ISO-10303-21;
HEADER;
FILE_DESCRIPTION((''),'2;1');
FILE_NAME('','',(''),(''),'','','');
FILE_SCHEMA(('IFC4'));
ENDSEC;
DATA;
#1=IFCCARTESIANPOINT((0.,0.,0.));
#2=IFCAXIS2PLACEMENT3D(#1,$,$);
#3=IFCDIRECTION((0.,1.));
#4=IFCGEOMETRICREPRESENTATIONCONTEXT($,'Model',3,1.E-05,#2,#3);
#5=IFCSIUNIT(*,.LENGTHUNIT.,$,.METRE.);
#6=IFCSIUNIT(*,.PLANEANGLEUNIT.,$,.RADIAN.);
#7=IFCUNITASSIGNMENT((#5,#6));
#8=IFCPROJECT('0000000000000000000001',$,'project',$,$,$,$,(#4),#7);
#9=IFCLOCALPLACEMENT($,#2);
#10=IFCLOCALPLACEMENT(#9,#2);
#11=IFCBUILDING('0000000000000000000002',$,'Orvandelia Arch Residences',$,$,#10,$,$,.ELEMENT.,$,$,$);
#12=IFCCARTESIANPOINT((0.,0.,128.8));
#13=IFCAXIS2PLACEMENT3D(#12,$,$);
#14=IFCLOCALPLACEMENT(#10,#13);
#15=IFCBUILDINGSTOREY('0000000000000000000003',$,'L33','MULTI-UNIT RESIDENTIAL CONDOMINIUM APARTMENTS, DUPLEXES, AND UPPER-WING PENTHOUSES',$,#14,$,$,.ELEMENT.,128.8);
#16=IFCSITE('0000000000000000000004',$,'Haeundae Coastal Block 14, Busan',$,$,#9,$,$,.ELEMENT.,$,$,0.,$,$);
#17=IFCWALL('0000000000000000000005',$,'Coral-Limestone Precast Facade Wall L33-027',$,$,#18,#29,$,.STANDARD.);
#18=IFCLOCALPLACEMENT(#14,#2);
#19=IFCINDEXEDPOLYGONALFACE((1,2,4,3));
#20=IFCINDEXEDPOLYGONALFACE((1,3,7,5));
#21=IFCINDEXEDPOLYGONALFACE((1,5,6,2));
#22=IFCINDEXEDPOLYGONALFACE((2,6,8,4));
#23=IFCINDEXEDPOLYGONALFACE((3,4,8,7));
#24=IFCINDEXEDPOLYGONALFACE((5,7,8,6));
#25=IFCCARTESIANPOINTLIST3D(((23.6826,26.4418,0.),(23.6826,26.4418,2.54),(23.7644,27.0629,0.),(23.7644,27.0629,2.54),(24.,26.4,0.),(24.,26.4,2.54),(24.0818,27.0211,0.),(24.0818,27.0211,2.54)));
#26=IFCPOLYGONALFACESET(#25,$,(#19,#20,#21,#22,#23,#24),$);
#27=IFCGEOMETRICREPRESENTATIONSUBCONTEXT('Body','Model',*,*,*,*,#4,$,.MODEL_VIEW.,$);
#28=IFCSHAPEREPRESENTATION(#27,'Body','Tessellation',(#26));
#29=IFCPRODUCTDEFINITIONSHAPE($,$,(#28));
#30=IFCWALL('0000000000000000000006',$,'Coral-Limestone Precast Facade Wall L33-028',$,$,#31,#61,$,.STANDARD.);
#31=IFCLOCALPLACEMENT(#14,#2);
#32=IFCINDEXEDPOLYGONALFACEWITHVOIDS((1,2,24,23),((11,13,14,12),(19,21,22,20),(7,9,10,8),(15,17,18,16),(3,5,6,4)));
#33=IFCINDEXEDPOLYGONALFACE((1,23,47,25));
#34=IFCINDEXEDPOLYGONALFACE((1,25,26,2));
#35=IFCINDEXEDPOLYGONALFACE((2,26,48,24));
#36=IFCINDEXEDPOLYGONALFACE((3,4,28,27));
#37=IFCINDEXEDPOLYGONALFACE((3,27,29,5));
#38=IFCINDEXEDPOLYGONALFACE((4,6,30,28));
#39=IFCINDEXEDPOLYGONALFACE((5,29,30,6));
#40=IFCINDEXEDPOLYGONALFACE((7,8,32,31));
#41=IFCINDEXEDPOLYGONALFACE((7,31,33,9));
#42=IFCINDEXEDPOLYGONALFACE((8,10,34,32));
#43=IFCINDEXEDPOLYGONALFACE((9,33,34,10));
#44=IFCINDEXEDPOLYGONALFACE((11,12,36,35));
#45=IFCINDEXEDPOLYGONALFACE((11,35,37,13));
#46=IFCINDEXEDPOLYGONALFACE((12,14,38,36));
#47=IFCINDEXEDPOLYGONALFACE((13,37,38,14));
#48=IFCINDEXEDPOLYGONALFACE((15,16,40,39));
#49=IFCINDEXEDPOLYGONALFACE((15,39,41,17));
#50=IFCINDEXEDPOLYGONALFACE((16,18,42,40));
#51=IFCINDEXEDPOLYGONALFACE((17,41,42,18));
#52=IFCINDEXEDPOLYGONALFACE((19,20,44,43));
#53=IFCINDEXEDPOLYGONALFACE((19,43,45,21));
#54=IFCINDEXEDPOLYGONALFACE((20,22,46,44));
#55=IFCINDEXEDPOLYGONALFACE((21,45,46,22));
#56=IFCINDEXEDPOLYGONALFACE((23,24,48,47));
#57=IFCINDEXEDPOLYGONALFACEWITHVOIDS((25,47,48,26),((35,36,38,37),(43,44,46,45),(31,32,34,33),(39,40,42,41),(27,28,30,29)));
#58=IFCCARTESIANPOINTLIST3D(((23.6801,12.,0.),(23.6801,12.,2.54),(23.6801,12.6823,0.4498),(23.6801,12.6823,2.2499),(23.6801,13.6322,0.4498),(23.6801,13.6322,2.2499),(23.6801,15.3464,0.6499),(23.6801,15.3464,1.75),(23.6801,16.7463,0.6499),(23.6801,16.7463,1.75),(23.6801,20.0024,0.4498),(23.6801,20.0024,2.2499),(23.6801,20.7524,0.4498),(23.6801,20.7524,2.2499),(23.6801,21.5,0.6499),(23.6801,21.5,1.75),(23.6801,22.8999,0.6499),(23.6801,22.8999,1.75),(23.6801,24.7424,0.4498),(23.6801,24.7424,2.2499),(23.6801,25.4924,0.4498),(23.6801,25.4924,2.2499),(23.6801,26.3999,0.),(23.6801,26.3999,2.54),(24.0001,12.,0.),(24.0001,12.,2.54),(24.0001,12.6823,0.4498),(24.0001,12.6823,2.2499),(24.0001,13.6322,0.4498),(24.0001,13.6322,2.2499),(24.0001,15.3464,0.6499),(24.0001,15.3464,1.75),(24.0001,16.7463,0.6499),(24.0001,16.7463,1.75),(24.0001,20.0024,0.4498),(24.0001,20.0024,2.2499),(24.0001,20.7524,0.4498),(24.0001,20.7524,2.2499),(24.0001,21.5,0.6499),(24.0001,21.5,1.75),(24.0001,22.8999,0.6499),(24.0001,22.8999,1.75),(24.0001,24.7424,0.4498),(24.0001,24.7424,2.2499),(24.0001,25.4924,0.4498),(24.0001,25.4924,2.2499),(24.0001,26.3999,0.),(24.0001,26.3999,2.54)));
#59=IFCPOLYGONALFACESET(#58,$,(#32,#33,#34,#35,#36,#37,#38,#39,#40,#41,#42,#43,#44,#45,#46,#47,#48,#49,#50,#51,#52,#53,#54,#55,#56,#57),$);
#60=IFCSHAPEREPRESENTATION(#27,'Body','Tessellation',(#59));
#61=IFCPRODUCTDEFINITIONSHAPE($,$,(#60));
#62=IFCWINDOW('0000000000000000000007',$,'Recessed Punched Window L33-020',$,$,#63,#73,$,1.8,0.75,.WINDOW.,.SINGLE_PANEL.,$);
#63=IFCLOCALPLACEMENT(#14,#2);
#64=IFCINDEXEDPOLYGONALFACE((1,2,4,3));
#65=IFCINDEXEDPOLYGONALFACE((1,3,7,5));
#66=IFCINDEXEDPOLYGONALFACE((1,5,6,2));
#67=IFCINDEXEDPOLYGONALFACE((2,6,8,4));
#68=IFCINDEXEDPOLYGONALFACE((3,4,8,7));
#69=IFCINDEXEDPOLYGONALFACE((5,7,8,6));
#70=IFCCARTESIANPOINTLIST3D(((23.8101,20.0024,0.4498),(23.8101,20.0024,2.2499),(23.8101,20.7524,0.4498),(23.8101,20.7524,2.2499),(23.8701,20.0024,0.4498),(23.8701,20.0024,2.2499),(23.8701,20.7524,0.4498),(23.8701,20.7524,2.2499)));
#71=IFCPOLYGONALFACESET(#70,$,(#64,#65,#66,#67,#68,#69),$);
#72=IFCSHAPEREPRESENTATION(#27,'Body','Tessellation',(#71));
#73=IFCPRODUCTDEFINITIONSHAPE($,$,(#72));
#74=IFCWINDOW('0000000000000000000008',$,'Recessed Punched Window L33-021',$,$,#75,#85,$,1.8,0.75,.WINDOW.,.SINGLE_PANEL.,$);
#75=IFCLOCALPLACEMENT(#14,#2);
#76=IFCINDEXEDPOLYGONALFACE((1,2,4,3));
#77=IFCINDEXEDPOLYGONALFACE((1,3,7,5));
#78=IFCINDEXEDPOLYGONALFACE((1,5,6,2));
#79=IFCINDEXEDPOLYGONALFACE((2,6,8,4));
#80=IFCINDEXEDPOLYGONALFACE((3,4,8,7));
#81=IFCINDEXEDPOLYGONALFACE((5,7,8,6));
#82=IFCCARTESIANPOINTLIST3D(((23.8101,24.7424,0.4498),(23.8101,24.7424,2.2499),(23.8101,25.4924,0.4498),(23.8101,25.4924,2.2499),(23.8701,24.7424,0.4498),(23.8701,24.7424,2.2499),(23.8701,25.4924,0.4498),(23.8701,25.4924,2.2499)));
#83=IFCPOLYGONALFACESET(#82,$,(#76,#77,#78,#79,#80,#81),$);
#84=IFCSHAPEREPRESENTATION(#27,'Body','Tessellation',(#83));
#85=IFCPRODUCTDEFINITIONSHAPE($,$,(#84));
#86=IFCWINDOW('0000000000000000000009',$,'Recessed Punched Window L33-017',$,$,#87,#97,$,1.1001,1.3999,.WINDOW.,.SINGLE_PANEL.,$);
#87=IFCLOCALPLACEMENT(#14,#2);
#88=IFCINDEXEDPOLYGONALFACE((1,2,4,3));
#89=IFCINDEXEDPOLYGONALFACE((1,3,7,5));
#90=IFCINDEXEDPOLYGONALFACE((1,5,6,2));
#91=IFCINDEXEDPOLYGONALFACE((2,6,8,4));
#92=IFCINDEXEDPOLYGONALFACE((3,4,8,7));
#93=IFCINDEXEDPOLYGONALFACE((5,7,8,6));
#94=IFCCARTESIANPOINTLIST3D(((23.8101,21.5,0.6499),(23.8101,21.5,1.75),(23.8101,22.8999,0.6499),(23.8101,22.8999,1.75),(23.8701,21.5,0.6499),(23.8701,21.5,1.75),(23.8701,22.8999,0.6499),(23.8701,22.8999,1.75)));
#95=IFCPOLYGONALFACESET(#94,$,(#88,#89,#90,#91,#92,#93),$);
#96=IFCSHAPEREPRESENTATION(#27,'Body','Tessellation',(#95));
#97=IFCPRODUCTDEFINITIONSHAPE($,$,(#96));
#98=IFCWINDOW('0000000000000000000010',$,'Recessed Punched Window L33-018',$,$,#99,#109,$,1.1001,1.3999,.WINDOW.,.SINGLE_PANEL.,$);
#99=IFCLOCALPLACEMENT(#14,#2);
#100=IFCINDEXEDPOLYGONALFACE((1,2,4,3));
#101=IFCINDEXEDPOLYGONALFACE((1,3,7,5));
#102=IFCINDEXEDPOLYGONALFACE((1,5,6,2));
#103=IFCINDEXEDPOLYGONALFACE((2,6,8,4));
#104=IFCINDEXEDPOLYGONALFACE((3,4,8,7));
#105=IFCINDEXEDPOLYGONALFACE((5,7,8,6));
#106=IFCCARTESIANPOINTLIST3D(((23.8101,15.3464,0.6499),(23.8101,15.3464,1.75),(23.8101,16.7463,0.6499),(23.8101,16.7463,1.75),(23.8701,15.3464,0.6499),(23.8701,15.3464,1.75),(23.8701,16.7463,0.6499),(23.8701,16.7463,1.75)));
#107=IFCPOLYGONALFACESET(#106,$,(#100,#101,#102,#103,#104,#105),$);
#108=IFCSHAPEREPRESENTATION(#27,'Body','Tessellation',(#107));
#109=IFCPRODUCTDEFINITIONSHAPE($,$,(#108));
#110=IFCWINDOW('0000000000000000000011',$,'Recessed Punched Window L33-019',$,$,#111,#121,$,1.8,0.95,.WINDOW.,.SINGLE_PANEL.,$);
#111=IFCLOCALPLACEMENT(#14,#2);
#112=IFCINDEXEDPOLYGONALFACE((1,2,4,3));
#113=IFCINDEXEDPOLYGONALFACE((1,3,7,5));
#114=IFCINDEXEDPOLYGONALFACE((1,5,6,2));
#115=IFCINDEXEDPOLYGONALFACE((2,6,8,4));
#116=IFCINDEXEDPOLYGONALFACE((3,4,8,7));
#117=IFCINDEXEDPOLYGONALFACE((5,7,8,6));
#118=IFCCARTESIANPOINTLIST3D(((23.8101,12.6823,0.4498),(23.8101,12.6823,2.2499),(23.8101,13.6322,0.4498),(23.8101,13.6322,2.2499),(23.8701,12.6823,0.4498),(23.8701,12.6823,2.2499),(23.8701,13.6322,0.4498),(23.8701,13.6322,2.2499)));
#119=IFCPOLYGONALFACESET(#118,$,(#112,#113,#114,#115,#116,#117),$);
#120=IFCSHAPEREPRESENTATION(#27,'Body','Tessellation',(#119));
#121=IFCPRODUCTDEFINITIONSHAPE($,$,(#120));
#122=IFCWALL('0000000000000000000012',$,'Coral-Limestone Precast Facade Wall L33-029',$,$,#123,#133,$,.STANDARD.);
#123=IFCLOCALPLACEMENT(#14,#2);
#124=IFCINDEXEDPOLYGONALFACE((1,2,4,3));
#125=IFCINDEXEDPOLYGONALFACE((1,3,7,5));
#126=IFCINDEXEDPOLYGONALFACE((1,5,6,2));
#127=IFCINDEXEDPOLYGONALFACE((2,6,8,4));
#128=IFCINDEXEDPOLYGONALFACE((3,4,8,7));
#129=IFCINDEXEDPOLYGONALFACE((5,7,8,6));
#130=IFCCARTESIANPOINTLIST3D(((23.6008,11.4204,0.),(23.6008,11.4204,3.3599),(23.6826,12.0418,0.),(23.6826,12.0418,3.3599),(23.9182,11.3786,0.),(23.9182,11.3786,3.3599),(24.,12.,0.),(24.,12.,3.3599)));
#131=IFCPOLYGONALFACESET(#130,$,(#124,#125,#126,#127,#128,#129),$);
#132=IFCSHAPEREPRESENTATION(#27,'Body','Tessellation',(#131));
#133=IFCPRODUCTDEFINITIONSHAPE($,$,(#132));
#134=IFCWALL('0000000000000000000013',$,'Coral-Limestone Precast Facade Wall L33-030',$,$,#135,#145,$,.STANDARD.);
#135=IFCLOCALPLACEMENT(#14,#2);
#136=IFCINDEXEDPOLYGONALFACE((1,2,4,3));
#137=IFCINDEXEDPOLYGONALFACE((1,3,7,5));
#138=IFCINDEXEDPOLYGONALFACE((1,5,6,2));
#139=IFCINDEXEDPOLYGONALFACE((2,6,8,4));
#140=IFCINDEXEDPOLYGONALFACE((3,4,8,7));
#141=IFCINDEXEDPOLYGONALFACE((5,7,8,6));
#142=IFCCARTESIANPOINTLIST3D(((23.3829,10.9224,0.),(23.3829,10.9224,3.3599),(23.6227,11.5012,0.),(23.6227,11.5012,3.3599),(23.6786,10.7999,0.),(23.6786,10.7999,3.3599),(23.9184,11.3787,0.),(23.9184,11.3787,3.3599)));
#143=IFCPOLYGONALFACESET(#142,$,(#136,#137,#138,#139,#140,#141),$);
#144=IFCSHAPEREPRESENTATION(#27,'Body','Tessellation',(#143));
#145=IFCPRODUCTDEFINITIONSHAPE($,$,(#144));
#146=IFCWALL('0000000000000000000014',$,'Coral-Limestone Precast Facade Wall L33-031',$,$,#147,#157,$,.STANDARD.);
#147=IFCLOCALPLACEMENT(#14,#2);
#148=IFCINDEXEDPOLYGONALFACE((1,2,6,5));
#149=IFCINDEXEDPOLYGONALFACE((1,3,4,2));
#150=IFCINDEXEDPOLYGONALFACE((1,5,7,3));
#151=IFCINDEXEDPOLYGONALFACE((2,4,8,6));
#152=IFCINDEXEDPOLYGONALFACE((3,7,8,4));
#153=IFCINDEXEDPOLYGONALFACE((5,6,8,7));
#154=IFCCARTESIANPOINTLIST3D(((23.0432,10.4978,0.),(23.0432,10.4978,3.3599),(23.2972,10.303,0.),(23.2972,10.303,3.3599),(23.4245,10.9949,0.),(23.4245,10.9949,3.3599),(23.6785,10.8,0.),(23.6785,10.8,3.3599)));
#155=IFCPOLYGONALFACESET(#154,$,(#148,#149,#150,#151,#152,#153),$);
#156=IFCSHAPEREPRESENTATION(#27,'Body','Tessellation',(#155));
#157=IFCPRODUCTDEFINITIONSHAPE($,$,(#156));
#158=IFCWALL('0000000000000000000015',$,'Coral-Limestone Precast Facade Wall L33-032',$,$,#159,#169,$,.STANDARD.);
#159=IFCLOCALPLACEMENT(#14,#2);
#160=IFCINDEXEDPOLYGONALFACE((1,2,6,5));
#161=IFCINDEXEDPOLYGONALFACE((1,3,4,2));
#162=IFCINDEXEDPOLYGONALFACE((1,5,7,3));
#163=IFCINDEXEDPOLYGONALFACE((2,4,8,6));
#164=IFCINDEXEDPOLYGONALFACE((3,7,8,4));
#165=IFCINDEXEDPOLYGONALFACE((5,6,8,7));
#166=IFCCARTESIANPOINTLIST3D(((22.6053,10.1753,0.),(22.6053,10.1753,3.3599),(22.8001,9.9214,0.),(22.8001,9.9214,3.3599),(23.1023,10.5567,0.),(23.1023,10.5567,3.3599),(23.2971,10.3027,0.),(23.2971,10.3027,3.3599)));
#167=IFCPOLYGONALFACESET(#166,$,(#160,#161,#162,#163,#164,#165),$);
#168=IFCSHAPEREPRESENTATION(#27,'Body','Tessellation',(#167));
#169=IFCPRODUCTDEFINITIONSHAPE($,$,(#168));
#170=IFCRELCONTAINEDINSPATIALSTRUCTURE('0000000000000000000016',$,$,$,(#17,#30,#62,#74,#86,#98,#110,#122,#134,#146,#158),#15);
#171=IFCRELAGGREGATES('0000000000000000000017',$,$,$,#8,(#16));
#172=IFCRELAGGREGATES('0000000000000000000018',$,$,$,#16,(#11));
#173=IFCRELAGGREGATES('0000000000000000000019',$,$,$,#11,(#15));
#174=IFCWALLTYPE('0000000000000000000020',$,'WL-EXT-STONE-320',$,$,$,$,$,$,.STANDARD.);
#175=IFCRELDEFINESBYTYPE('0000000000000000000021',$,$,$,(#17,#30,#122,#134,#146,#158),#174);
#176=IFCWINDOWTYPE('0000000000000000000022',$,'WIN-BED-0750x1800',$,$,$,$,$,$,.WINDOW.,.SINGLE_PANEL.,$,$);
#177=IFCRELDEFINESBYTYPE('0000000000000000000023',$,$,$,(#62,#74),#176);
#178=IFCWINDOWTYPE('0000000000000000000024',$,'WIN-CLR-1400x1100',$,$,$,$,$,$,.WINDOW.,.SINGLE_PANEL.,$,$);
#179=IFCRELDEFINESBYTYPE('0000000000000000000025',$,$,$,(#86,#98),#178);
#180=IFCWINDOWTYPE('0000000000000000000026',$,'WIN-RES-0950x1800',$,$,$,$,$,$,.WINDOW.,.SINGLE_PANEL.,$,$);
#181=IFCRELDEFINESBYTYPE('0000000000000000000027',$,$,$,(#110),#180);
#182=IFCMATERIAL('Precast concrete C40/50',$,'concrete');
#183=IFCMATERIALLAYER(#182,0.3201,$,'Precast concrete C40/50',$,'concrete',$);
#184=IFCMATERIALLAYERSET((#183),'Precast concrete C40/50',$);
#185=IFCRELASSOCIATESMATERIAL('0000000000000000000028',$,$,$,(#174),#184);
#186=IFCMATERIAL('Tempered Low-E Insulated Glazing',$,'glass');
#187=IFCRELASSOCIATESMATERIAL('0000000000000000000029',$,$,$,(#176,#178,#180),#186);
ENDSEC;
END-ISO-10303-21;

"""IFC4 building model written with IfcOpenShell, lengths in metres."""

from ifc_helpers import new_model, si_unit, direction, frame, frame_2d, origin, place, context, subcontext, project, spatial, rectangle, extrude, material, layer, layer_set, type_object, element, fill, save


model = new_model("IFC4")

# Units and contexts
model_context = context("Model", 3, precision=1e-05, world=origin(), true_north=direction((0.0, 1.0)))
body_context = subcontext(model_context, "Body", "Model", "MODEL_VIEW")
ifc_project = project(units=[si_unit("LENGTHUNIT", "METRE"), si_unit("PLANEANGLEUNIT", "RADIAN")], contexts=[model_context])

# Site, building, storey
site_placement = place(None, origin())
site = spatial("IfcSite", under=ifc_project, at=site_placement, Name="Haeundae Coastal Block 14, Busan", CompositionType="ELEMENT", RefElevation=0.0)
building_placement = place(site_placement, origin())
building = spatial("IfcBuilding", under=site, at=building_placement, Name="Orvandelia Arch Residences", CompositionType="ELEMENT")
storey_placement = place(building_placement, frame((0.0, 0.0, 128.8)))
storey = spatial("IfcBuildingStorey", under=building, at=storey_placement, Name="L33", Description="MULTI-UNIT RESIDENTIAL CONDOMINIUM APARTMENTS, DUPLEXES, AND UPPER-WING PENTHOUSES", CompositionType="ELEMENT", Elevation=128.8)

# Wall
ifc_material_1 = material(Name="Precast concrete C40/50", Category="concrete")
ifc_layer = layer(ifc_material_1, 0.3201, Name="Precast concrete C40/50", Category="concrete")
ifc_layer_set = layer_set([ifc_layer], Name="Precast concrete C40/50")
wall_type = type_object("IfcWallType", Name="WL-EXT-STONE-320", PredefinedType="STANDARD", material=ifc_layer_set)
wall_1_placement = place(storey_placement, frame((23.9231, 27.042, 0.0), z_axis=(0.0, 0.0, 1.0), x_axis=(-0.130555, -0.991441, 0.0)))
element("IfcWall", 1, at=wall_1_placement, inside=storey, type_object=wall_type, Name="Coral-Limestone Precast Facade Wall L33-027", PredefinedType="STANDARD", context=body_context, shape_type="SweptSolid", body=[
    extrude(rectangle(XDim=0.6265, YDim=0.3201, at=frame_2d((0.3132, 0.0))), origin(), (0.0, 0.0, 1.0), 2.54),
])

# Wall, openings, windows
wall_2_placement = place(storey_placement, frame((23.8401, 26.3999, 0.0), z_axis=(0.0, 0.0, 1.0), x_axis=(0.0, -1.0, 0.0)))
wall_2 = element("IfcWall", 2, at=wall_2_placement, inside=storey, type_object=wall_type, Name="Coral-Limestone Precast Facade Wall L33-028", PredefinedType="STANDARD", context=body_context, shape_type="SweptSolid", body=[
    extrude(rectangle(XDim=14.3999, YDim=0.3201, at=frame_2d((7.2, 0.0))), origin(), (0.0, 0.0, 1.0), 2.54),
])
opening_1_placement = place(wall_2_placement, frame((3.5, 0.0, 0.6499)))
opening_1 = element("IfcOpeningElement", 3, at=opening_1_placement, cuts=wall_2, PredefinedType="OPENING", context=body_context, shape_type="SweptSolid", body=[
    extrude(rectangle(XDim=1.3999, YDim=1.1001, at=frame_2d((0.7, 0.55))), frame((0.0, 0.1699, 0.0), z_axis=(0.0, -1.0, 0.0), x_axis=(1.0, 0.0, 0.0)), (0.0, 0.0, 1.0), 0.3401),
])
opening_2_placement = place(wall_2_placement, frame((9.6536, 0.0, 0.6499)))
opening_2 = element("IfcOpeningElement", 4, at=opening_2_placement, cuts=wall_2, PredefinedType="OPENING", context=body_context, shape_type="SweptSolid", body=[
    extrude(rectangle(XDim=1.3999, YDim=1.1001, at=frame_2d((0.7, 0.55))), frame((0.0, 0.1699, 0.0), z_axis=(0.0, -1.0, 0.0), x_axis=(1.0, 0.0, 0.0)), (0.0, 0.0, 1.0), 0.3401),
])
opening_3_placement = place(wall_2_placement, frame((12.7676, 0.0, 0.45)))
opening_3 = element("IfcOpeningElement", 5, at=opening_3_placement, cuts=wall_2, PredefinedType="OPENING", context=body_context, shape_type="SweptSolid", body=[
    extrude(rectangle(XDim=0.95, YDim=1.8, at=frame_2d((0.4751, 0.8999))), frame((0.0, 0.1699, 0.0), z_axis=(0.0, -1.0, 0.0), x_axis=(1.0, 0.0, 0.0)), (0.0, 0.0, 1.0), 0.3401),
])
opening_4_placement = place(wall_2_placement, frame((5.6475, 0.0, 0.45)))
opening_4 = element("IfcOpeningElement", 6, at=opening_4_placement, cuts=wall_2, PredefinedType="OPENING", context=body_context, shape_type="SweptSolid", body=[
    extrude(rectangle(XDim=0.75, YDim=1.8, at=frame_2d((0.375, 0.8999))), frame((0.0, 0.1699, 0.0), z_axis=(0.0, -1.0, 0.0), x_axis=(1.0, 0.0, 0.0)), (0.0, 0.0, 1.0), 0.3401),
])
opening_5_placement = place(wall_2_placement, frame((0.9075, 0.0, 0.45)))
opening_5 = element("IfcOpeningElement", 7, at=opening_5_placement, cuts=wall_2, PredefinedType="OPENING", context=body_context, shape_type="SweptSolid", body=[
    extrude(rectangle(XDim=0.75, YDim=1.8, at=frame_2d((0.375, 0.8999))), frame((0.0, 0.1699, 0.0), z_axis=(0.0, -1.0, 0.0), x_axis=(1.0, 0.0, 0.0)), (0.0, 0.0, 1.0), 0.3401),
])
ifc_material_2 = material(Name="Tempered Low-E Insulated Glazing", Category="glass")
window_type_1 = type_object("IfcWindowType", Name="WIN-BED-0750x1800", PartitioningType="SINGLE_PANEL", PredefinedType="WINDOW", material=ifc_material_2)
window_1_placement = place(opening_4_placement, origin())
window_1 = element("IfcWindow", 8, at=window_1_placement, inside=storey, type_object=window_type_1, Name="Recessed Punched Window L33-020", OverallHeight=1.8, OverallWidth=0.75, PartitioningType="SINGLE_PANEL", PredefinedType="WINDOW", context=body_context, shape_type="SweptSolid", body=[
    extrude(rectangle(XDim=0.75, YDim=1.8, at=frame_2d((0.375, 0.8999))), frame((0.0, 0.03, 0.0), z_axis=(0.0, -1.0, 0.0), x_axis=(1.0, 0.0, 0.0)), (0.0, 0.0, 1.0), 0.0601),
])
fill(opening_4, window_1)
window_2_placement = place(opening_5_placement, origin())
window_2 = element("IfcWindow", 9, at=window_2_placement, inside=storey, type_object=window_type_1, Name="Recessed Punched Window L33-021", OverallHeight=1.8, OverallWidth=0.75, PartitioningType="SINGLE_PANEL", PredefinedType="WINDOW", context=body_context, shape_type="SweptSolid", body=[
    extrude(rectangle(XDim=0.75, YDim=1.8, at=frame_2d((0.375, 0.8999))), frame((0.0, 0.03, 0.0), z_axis=(0.0, -1.0, 0.0), x_axis=(1.0, 0.0, 0.0)), (0.0, 0.0, 1.0), 0.0601),
])
fill(opening_5, window_2)
window_type_2 = type_object("IfcWindowType", Name="WIN-CLR-1400x1100", PartitioningType="SINGLE_PANEL", PredefinedType="WINDOW", material=ifc_material_2)
window_3_placement = place(opening_1_placement, origin())
window_3 = element("IfcWindow", 10, at=window_3_placement, inside=storey, type_object=window_type_2, Name="Recessed Punched Window L33-017", OverallHeight=1.1001, OverallWidth=1.3999, PartitioningType="SINGLE_PANEL", PredefinedType="WINDOW", context=body_context, shape_type="SweptSolid", body=[
    extrude(rectangle(XDim=1.3999, YDim=1.1001, at=frame_2d((0.7, 0.55))), frame((0.0, 0.03, 0.0), z_axis=(0.0, -1.0, 0.0), x_axis=(1.0, 0.0, 0.0)), (0.0, 0.0, 1.0), 0.0601),
])
fill(opening_1, window_3)
window_4_placement = place(opening_2_placement, origin())
window_4 = element("IfcWindow", 11, at=window_4_placement, inside=storey, type_object=window_type_2, Name="Recessed Punched Window L33-018", OverallHeight=1.1001, OverallWidth=1.3999, PartitioningType="SINGLE_PANEL", PredefinedType="WINDOW", context=body_context, shape_type="SweptSolid", body=[
    extrude(rectangle(XDim=1.3999, YDim=1.1001, at=frame_2d((0.7, 0.55))), frame((0.0, 0.03, 0.0), z_axis=(0.0, -1.0, 0.0), x_axis=(1.0, 0.0, 0.0)), (0.0, 0.0, 1.0), 0.0601),
])
fill(opening_2, window_4)
window_type_3 = type_object("IfcWindowType", Name="WIN-RES-0950x1800", PartitioningType="SINGLE_PANEL", PredefinedType="WINDOW", material=ifc_material_2)
window_5_placement = place(opening_3_placement, origin())
window_5 = element("IfcWindow", 12, at=window_5_placement, inside=storey, type_object=window_type_3, Name="Recessed Punched Window L33-019", OverallHeight=1.8, OverallWidth=0.95, PartitioningType="SINGLE_PANEL", PredefinedType="WINDOW", context=body_context, shape_type="SweptSolid", body=[
    extrude(rectangle(XDim=0.95, YDim=1.8, at=frame_2d((0.4751, 0.8999))), frame((0.0, 0.03, 0.0), z_axis=(0.0, -1.0, 0.0), x_axis=(1.0, 0.0, 0.0)), (0.0, 0.0, 1.0), 0.0601),
])
fill(opening_3, window_5)

# Walls
wall_3_placement = place(storey_placement, frame((23.8413, 12.021, 0.0), z_axis=(0.0, 0.0, 1.0), x_axis=(-0.130505, -0.991448, 0.0)))
element("IfcWall", 13, at=wall_3_placement, inside=storey, type_object=wall_type, Name="Coral-Limestone Precast Facade Wall L33-029", PredefinedType="STANDARD", context=body_context, shape_type="SweptSolid", body=[
    extrude(rectangle(XDim=0.6267, YDim=0.3201, at=frame_2d((0.3135, 0.0))), origin(), (0.0, 0.0, 1.0), 3.3599),
])
for number, where, z_axis, x_axis, name in (
    (14, (23.7705, 11.4399, 0.0), (0.0, 0.0, 1.0), (-0.38265, -0.923893, 0.0), "Coral-Limestone Precast Facade Wall L33-030"),
    (15, (23.5515, 10.8975, 0.0), (0.0, 0.0, 1.0), (-0.608693, -0.793406, 0.0), "Coral-Limestone Precast Facade Wall L33-031"),
    (16, (23.1997, 10.4297, 0.0), (0.0, 0.0, 1.0), (-0.793406, -0.608693, 0.0), "Coral-Limestone Precast Facade Wall L33-032"),
):
    element("IfcWall", number, at=place(storey_placement, frame(where, z_axis=z_axis, x_axis=x_axis)), inside=storey, type_object=wall_type, Name=name, PredefinedType="STANDARD", context=body_context, shape_type="SweptSolid", body=[
        extrude(rectangle(XDim=0.6265, YDim=0.3201, at=frame_2d((0.3132, 0.0))), origin(), (0.0, 0.0, 1.0), 3.3599),
    ])

save(model, "model.ifc")
